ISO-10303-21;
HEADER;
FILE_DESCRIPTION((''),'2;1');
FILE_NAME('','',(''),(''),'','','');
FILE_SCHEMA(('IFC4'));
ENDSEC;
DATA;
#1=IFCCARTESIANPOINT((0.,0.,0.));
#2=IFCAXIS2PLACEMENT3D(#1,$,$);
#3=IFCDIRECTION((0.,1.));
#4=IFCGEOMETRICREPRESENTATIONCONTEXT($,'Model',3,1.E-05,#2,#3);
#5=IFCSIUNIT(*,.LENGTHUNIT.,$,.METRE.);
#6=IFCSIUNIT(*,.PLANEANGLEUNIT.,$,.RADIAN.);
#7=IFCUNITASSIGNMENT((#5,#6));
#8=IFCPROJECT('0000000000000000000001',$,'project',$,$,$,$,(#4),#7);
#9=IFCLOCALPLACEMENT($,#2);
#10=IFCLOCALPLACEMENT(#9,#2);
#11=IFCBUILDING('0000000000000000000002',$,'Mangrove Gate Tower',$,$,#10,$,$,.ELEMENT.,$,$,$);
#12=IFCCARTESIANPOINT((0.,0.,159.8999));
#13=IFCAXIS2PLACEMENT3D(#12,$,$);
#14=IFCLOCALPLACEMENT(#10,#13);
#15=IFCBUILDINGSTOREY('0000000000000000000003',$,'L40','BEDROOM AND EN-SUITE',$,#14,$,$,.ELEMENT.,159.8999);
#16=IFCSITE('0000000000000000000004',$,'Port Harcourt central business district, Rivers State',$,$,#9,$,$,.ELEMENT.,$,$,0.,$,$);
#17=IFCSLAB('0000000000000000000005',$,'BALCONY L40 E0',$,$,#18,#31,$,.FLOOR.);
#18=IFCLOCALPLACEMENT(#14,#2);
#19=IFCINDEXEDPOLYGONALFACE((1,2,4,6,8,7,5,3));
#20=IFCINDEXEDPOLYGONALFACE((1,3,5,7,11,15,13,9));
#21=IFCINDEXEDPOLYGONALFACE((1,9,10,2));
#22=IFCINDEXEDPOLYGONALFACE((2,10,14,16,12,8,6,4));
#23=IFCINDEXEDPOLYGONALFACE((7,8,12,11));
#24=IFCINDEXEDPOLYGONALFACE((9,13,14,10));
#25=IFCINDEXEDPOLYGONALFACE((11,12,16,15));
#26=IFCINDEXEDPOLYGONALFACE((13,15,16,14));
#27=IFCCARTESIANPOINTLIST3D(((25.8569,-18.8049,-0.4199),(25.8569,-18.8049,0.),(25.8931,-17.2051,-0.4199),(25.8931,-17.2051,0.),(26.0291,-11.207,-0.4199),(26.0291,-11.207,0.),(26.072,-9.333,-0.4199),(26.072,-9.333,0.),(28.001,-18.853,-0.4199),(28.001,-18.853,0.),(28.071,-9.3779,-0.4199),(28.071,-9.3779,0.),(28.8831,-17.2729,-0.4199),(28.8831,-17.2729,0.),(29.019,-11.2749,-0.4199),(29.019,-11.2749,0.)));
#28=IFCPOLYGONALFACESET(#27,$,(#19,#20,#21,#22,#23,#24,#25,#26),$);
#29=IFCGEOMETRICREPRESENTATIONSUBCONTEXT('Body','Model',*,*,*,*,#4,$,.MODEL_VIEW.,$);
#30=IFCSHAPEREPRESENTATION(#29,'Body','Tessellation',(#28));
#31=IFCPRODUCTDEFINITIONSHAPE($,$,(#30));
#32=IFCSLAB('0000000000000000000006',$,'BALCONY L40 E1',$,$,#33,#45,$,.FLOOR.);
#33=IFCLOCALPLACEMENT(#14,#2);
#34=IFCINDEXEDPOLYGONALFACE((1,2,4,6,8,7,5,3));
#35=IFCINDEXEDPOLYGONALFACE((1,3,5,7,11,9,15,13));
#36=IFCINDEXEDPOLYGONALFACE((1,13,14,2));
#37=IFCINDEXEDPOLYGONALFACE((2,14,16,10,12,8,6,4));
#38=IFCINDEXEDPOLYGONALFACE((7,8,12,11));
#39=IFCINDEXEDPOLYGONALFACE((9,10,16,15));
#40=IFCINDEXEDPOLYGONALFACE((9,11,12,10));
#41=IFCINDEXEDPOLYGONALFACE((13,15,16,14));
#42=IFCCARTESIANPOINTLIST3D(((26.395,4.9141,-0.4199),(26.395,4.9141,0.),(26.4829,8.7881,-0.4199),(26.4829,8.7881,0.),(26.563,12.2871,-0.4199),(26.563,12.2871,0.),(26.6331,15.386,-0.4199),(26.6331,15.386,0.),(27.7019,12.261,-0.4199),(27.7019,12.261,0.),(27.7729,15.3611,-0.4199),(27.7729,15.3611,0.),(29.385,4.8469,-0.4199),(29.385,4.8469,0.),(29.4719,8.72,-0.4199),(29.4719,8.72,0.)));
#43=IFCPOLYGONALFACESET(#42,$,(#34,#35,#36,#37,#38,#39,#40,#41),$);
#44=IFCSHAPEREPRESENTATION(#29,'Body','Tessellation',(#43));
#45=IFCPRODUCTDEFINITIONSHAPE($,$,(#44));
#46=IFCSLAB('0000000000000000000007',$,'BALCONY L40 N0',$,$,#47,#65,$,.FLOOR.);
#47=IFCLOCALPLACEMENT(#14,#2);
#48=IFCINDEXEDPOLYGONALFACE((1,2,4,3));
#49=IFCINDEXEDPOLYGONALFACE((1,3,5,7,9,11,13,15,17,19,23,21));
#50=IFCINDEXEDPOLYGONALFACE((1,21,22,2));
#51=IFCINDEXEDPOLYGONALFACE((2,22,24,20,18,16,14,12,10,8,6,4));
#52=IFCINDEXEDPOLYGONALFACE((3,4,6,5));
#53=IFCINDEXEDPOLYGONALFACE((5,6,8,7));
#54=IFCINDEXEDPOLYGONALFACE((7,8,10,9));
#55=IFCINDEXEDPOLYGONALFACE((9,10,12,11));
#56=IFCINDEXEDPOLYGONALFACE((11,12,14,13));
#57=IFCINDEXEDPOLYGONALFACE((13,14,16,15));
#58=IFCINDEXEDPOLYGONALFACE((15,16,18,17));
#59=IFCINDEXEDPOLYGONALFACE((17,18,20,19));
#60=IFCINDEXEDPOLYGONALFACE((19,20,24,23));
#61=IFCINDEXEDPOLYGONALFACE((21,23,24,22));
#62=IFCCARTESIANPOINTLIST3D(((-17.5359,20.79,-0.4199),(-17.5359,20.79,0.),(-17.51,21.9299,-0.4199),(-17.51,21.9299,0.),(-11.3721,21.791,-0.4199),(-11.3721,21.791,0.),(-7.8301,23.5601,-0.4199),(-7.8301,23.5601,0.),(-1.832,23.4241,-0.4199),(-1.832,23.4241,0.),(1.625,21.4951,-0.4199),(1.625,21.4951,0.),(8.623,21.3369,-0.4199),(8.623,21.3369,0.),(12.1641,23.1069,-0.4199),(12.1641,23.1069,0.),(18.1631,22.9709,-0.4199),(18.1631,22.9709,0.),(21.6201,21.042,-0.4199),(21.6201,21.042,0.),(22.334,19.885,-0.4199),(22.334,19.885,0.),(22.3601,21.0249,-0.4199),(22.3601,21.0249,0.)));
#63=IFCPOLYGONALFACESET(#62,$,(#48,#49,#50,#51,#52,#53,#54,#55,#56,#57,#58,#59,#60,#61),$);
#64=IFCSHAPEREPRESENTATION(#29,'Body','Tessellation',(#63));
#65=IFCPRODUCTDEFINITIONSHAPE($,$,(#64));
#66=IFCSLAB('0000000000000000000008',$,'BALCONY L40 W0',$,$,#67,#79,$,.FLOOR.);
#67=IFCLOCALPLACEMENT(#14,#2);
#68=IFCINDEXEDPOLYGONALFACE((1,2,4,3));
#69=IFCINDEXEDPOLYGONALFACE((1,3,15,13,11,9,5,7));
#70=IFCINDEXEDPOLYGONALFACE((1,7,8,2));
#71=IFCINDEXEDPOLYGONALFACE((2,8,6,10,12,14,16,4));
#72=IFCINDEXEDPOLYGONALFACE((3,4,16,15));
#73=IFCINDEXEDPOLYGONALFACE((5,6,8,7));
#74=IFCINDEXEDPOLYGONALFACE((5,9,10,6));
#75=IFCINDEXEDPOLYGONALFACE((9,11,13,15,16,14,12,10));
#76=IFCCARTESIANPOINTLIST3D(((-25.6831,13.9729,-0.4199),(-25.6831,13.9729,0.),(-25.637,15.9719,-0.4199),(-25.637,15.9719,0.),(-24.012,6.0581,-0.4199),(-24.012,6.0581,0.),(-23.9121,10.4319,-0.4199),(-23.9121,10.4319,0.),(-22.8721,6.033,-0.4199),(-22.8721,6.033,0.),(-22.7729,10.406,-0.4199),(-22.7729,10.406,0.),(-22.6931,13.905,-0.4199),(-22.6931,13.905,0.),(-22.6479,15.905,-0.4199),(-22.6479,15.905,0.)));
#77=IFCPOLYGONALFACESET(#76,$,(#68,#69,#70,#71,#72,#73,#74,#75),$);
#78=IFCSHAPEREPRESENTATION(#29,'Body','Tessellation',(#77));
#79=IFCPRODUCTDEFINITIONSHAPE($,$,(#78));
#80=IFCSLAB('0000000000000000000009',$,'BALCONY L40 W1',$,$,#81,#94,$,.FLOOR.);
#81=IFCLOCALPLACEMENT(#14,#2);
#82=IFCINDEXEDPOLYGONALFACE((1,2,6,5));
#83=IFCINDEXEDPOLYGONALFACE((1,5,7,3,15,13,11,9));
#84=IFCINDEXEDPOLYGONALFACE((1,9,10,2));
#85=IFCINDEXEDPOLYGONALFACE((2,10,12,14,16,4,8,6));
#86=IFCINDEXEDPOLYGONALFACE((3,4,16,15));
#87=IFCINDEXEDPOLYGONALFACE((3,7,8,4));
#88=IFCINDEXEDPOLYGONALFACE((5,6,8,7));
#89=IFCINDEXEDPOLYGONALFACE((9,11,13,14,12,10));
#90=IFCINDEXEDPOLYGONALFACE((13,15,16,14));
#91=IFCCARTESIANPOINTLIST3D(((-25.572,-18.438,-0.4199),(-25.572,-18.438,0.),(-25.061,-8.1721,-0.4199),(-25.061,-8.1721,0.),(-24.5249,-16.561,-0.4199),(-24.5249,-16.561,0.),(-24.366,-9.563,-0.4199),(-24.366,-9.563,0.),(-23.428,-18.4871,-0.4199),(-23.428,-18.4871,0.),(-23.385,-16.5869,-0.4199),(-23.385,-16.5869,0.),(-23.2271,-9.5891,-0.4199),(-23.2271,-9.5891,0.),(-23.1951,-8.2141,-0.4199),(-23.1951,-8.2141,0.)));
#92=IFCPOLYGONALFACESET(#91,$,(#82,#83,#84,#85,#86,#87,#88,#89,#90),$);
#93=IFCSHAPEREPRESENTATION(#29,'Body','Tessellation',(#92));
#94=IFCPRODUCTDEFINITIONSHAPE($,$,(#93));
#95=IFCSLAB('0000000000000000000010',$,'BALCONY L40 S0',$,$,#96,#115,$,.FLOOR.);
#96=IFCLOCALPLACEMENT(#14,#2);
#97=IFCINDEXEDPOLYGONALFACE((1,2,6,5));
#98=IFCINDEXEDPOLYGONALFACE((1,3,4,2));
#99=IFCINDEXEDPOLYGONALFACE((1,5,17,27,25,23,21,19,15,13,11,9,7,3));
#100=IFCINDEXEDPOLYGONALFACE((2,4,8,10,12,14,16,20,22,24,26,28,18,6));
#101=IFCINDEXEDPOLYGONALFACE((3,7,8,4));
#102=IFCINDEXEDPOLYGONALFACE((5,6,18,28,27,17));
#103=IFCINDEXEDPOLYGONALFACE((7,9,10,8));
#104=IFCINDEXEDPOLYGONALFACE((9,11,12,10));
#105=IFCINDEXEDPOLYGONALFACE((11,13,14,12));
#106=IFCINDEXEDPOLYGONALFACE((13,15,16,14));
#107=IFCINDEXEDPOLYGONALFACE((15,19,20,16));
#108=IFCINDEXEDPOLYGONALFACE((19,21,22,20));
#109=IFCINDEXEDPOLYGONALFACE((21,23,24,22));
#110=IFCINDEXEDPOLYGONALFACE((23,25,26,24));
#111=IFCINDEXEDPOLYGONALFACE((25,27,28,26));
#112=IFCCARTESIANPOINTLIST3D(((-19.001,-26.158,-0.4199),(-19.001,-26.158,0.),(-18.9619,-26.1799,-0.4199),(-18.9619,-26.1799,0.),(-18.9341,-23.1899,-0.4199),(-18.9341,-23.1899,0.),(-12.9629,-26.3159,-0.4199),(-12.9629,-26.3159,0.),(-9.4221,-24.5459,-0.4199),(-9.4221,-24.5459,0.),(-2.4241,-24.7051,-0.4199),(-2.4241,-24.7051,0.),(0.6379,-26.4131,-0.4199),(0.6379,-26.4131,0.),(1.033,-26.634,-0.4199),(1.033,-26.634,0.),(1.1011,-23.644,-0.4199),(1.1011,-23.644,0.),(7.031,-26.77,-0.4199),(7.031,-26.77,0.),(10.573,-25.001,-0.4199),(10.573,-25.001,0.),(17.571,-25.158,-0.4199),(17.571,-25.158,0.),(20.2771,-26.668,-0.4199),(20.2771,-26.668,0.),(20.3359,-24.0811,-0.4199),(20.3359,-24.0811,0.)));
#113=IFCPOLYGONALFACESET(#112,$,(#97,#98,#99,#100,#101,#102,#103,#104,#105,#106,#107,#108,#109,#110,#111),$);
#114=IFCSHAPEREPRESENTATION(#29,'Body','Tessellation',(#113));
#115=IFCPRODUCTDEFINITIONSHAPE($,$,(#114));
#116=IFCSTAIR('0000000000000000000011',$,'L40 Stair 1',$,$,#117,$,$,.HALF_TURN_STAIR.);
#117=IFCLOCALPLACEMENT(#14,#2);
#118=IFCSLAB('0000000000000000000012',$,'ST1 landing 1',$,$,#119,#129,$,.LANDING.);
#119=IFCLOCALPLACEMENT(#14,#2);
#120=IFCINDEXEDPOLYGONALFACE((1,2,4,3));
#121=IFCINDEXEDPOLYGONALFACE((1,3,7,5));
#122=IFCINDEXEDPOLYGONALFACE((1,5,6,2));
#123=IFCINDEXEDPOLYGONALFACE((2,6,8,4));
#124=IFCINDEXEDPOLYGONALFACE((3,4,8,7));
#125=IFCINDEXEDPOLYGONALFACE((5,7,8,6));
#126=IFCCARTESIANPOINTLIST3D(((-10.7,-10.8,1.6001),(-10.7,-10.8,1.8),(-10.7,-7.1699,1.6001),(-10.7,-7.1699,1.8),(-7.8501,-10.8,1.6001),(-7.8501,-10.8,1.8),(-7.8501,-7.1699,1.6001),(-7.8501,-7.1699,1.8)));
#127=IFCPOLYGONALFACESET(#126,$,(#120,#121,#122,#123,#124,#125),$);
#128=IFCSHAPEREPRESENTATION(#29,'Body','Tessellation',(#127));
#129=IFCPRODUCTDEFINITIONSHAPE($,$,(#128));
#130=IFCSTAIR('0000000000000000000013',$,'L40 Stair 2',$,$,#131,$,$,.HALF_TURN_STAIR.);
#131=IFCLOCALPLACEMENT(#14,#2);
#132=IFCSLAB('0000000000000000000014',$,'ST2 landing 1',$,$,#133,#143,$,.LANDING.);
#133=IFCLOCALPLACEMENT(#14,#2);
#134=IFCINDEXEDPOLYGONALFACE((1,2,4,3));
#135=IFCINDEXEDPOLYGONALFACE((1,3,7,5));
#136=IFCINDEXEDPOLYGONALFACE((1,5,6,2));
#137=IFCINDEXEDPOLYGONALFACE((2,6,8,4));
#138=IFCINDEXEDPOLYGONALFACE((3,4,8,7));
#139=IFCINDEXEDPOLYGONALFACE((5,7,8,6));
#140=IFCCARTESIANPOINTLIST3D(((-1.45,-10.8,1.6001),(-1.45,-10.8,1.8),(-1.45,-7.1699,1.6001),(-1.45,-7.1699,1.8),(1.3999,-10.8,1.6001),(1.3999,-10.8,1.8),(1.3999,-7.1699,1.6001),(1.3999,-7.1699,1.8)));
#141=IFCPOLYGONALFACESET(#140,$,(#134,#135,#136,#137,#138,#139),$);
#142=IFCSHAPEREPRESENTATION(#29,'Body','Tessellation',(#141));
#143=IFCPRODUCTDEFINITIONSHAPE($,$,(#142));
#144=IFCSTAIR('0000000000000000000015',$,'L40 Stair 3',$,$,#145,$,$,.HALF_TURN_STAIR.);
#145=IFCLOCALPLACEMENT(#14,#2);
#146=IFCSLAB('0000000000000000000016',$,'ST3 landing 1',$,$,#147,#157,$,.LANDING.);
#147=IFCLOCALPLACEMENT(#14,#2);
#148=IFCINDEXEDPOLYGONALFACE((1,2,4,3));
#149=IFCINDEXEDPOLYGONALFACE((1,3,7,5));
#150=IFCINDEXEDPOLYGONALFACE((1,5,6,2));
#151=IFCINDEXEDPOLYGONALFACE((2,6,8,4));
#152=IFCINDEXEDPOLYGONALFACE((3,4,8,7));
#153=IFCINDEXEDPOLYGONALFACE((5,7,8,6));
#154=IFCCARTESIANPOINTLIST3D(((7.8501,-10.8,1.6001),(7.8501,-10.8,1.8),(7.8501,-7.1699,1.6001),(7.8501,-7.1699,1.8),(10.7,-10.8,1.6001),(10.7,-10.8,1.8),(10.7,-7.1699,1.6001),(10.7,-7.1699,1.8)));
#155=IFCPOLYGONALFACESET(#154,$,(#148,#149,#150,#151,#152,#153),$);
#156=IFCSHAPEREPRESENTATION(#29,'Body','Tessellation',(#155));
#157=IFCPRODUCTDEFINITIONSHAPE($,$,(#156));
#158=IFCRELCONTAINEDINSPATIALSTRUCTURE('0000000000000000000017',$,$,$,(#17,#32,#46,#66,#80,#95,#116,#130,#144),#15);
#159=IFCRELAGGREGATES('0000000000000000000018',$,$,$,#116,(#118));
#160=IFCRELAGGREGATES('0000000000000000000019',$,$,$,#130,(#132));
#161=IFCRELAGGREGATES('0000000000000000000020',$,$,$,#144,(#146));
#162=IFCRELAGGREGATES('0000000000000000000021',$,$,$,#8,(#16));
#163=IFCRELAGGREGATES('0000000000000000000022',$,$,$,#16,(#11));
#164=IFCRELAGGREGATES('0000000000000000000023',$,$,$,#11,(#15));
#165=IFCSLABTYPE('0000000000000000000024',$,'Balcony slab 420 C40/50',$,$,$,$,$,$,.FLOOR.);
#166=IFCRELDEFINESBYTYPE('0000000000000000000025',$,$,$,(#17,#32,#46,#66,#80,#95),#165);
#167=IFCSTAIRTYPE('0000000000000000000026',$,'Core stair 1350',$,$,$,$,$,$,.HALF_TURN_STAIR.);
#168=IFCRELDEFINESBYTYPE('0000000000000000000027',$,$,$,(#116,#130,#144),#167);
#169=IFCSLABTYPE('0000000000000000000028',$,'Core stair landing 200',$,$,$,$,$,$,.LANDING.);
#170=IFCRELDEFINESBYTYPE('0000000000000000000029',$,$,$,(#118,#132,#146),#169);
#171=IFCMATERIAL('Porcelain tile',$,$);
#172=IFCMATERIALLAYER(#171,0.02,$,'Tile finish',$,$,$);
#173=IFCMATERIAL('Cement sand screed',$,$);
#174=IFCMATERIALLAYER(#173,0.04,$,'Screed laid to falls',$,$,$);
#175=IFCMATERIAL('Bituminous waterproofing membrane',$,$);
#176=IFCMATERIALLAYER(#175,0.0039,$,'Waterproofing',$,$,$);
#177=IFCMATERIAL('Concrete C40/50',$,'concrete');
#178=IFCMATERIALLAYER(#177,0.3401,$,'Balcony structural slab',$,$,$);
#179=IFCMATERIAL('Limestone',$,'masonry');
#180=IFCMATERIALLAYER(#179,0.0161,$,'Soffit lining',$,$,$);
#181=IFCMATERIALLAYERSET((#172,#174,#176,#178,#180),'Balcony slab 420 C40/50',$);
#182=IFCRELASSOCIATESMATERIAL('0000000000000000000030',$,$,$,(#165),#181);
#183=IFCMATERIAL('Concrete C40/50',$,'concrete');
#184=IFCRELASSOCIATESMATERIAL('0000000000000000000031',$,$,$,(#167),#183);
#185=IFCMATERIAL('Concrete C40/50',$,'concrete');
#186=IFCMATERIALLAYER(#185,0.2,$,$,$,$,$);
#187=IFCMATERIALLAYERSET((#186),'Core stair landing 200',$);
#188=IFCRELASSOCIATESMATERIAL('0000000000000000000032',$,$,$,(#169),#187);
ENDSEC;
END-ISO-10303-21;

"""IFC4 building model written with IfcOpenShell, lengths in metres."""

from ifc_helpers import new_model, si_unit, direction, frame, origin, place, context, subcontext, project, spatial, polyline, outline, extrude, material, layer, layer_set, type_object, element, aggregate, save


model = new_model("IFC4")

# Units and contexts
model_context = context("Model", 3, precision=1e-05, world=origin(), true_north=direction((0.0, 1.0)))
body_context = subcontext(model_context, "Body", "Model", "MODEL_VIEW")
ifc_project = project(units=[si_unit("LENGTHUNIT", "METRE"), si_unit("PLANEANGLEUNIT", "RADIAN")], contexts=[model_context])

# Site, building, storey
site_placement = place(None, origin())
site = spatial("IfcSite", under=ifc_project, at=site_placement, Name="Port Harcourt central business district, Rivers State", CompositionType="ELEMENT", RefElevation=0.0)
building_placement = place(site_placement, origin())
building = spatial("IfcBuilding", under=site, at=building_placement, Name="Mangrove Gate Tower", CompositionType="ELEMENT")
storey_placement = place(building_placement, frame((0.0, 0.0, 159.8999)))
storey = spatial("IfcBuildingStorey", under=building, at=storey_placement, Name="L40", Description="BEDROOM AND EN-SUITE", CompositionType="ELEMENT", Elevation=159.8999)

# Slabs
ifc_material_1 = material(Name="Porcelain tile")
ifc_layer_1 = layer(ifc_material_1, 0.02, Name="Tile finish")
ifc_material_2 = material(Name="Cement sand screed")
ifc_layer_2 = layer(ifc_material_2, 0.04, Name="Screed laid to falls")
ifc_material_3 = material(Name="Bituminous waterproofing membrane")
ifc_layer_3 = layer(ifc_material_3, 0.0039, Name="Waterproofing")
ifc_material_4 = material(Name="Concrete C40/50", Category="concrete")
ifc_layer_4 = layer(ifc_material_4, 0.3401, Name="Balcony structural slab")
ifc_material_5 = material(Name="Limestone", Category="masonry")
ifc_layer_5 = layer(ifc_material_5, 0.0161, Name="Soffit lining")
ifc_layer_set_1 = layer_set([ifc_layer_1, ifc_layer_2, ifc_layer_3, ifc_layer_4, ifc_layer_5], Name="Balcony slab 420 C40/50")
slab_type_1 = type_object("IfcSlabType", Name="Balcony slab 420 C40/50", PredefinedType="FLOOR", material=ifc_layer_set_1)
slab_1_placement = place(storey_placement, frame((0.0, 0.0, -0.4199)))
element("IfcSlab", 1, at=slab_1_placement, inside=storey, type_object=slab_type_1, Name="BALCONY L40 E0", PredefinedType="FLOOR", context=body_context, shape_type="SweptSolid", body=[
    extrude(outline(polyline([(28.001, -18.853), (28.8831, -17.2729), (29.019, -11.2749), (28.071, -9.3779), (26.072, -9.333), (26.0291, -11.207), (25.8931, -17.2051), (25.8569, -18.8049), (28.001, -18.853)])), origin(), (0.0, 0.0, 1.0), 0.4199),
])
slab_2_placement = place(storey_placement, frame((0.0, 0.0, -0.4199)))
element("IfcSlab", 2, at=slab_2_placement, inside=storey, type_object=slab_type_1, Name="BALCONY L40 E1", PredefinedType="FLOOR", context=body_context, shape_type="SweptSolid", body=[
    extrude(outline(polyline([(29.385, 4.8469), (29.4719, 8.72), (27.7019, 12.261), (27.7729, 15.3611), (26.6331, 15.386), (26.563, 12.2871), (26.4829, 8.7881), (26.395, 4.9141), (29.385, 4.8469)])), origin(), (0.0, 0.0, 1.0), 0.4199),
])
slab_3_placement = place(storey_placement, frame((0.0, 0.0, -0.4199)))
element("IfcSlab", 3, at=slab_3_placement, inside=storey, type_object=slab_type_1, Name="BALCONY L40 N0", PredefinedType="FLOOR", context=body_context, shape_type="SweptSolid", body=[
    extrude(outline(polyline([(22.3601, 21.0249), (21.6201, 21.042), (18.1631, 22.9709), (12.1641, 23.1069), (8.623, 21.3369), (1.625, 21.4951), (-1.832, 23.4241), (-7.8301, 23.5601), (-11.3721, 21.791), (-17.51, 21.9299), (-17.5359, 20.79), (22.334, 19.885), (22.3601, 21.0249)])), origin(), (0.0, 0.0, 1.0), 0.4199),
])
slab_4_placement = place(storey_placement, frame((0.0, 0.0, -0.4199)))
element("IfcSlab", 4, at=slab_4_placement, inside=storey, type_object=slab_type_1, Name="BALCONY L40 W0", PredefinedType="FLOOR", context=body_context, shape_type="SweptSolid", body=[
    extrude(outline(polyline([(-25.637, 15.9719), (-25.6831, 13.9729), (-23.9121, 10.4319), (-24.012, 6.0581), (-22.8721, 6.033), (-22.7729, 10.406), (-22.6931, 13.905), (-22.6479, 15.905), (-25.637, 15.9719)])), origin(), (0.0, 0.0, 1.0), 0.4199),
])
slab_5_placement = place(storey_placement, frame((0.0, 0.0, -0.4199)))
element("IfcSlab", 5, at=slab_5_placement, inside=storey, type_object=slab_type_1, Name="BALCONY L40 W1", PredefinedType="FLOOR", context=body_context, shape_type="SweptSolid", body=[
    extrude(outline(polyline([(-25.061, -8.1721), (-24.366, -9.563), (-24.5249, -16.561), (-25.572, -18.438), (-23.428, -18.4871), (-23.385, -16.5869), (-23.2271, -9.5891), (-23.1951, -8.2141), (-25.061, -8.1721)])), origin(), (0.0, 0.0, 1.0), 0.4199),
])
slab_6_placement = place(storey_placement, frame((0.0, 0.0, -0.4199)))
element("IfcSlab", 6, at=slab_6_placement, inside=storey, type_object=slab_type_1, Name="BALCONY L40 S0", PredefinedType="FLOOR", context=body_context, shape_type="SweptSolid", body=[
    extrude(outline(polyline([(-19.001, -26.158), (-18.9619, -26.1799), (-12.9629, -26.3159), (-9.4221, -24.5459), (-2.4241, -24.7051), (0.6379, -26.4131), (1.033, -26.634), (7.031, -26.77), (10.573, -25.001), (17.571, -25.158), (20.2771, -26.668), (20.3359, -24.0811), (1.1011, -23.644), (-18.9341, -23.1899), (-19.001, -26.158)])), origin(), (0.0, 0.0, 1.0), 0.4199),
])

# Stairs, slabs
ifc_material_6 = material(Name="Concrete C40/50", Category="concrete")
stair_type = type_object("IfcStairType", Name="Core stair 1350", PredefinedType="HALF_TURN_STAIR", material=ifc_material_6)
stair_1_placement = place(storey_placement, origin())
stair_1 = element("IfcStair", 7, at=stair_1_placement, inside=storey, type_object=stair_type, Name="L40 Stair 1", PredefinedType="HALF_TURN_STAIR")
ifc_material_7 = material(Name="Concrete C40/50", Category="concrete")
ifc_layer_6 = layer(ifc_material_7, 0.2)
ifc_layer_set_2 = layer_set([ifc_layer_6], Name="Core stair landing 200")
slab_type_2 = type_object("IfcSlabType", Name="Core stair landing 200", PredefinedType="LANDING", material=ifc_layer_set_2)
slab_7_placement = place(storey_placement, frame((0.0, 0.0, 1.6001)))
slab_7 = element("IfcSlab", 8, at=slab_7_placement, type_object=slab_type_2, Name="ST1 landing 1", PredefinedType="LANDING", context=body_context, shape_type="SweptSolid", body=[
    extrude(outline(polyline([(-10.7, -7.1699), (-10.7, -10.8), (-7.8501, -10.8), (-7.8501, -7.1699), (-10.7, -7.1699)])), origin(), (0.0, 0.0, 1.0), 0.2),
])
aggregate(stair_1, [slab_7])
stair_2_placement = place(storey_placement, origin())
stair_2 = element("IfcStair", 9, at=stair_2_placement, inside=storey, type_object=stair_type, Name="L40 Stair 2", PredefinedType="HALF_TURN_STAIR")
slab_8_placement = place(storey_placement, frame((0.0, 0.0, 1.6001)))
slab_8 = element("IfcSlab", 10, at=slab_8_placement, type_object=slab_type_2, Name="ST2 landing 1", PredefinedType="LANDING", context=body_context, shape_type="SweptSolid", body=[
    extrude(outline(polyline([(-1.45, -7.1699), (-1.45, -10.8), (1.3999, -10.8), (1.3999, -7.1699), (-1.45, -7.1699)])), origin(), (0.0, 0.0, 1.0), 0.2),
])
aggregate(stair_2, [slab_8])
stair_3_placement = place(storey_placement, origin())
stair_3 = element("IfcStair", 11, at=stair_3_placement, inside=storey, type_object=stair_type, Name="L40 Stair 3", PredefinedType="HALF_TURN_STAIR")
slab_9_placement = place(storey_placement, frame((0.0, 0.0, 1.6001)))
slab_9 = element("IfcSlab", 12, at=slab_9_placement, type_object=slab_type_2, Name="ST3 landing 1", PredefinedType="LANDING", context=body_context, shape_type="SweptSolid", body=[
    extrude(outline(polyline([(7.8501, -7.1699), (7.8501, -10.8), (10.7, -10.8), (10.7, -7.1699), (7.8501, -7.1699)])), origin(), (0.0, 0.0, 1.0), 0.2),
])
aggregate(stair_3, [slab_9])

save(model, "model.ifc")
